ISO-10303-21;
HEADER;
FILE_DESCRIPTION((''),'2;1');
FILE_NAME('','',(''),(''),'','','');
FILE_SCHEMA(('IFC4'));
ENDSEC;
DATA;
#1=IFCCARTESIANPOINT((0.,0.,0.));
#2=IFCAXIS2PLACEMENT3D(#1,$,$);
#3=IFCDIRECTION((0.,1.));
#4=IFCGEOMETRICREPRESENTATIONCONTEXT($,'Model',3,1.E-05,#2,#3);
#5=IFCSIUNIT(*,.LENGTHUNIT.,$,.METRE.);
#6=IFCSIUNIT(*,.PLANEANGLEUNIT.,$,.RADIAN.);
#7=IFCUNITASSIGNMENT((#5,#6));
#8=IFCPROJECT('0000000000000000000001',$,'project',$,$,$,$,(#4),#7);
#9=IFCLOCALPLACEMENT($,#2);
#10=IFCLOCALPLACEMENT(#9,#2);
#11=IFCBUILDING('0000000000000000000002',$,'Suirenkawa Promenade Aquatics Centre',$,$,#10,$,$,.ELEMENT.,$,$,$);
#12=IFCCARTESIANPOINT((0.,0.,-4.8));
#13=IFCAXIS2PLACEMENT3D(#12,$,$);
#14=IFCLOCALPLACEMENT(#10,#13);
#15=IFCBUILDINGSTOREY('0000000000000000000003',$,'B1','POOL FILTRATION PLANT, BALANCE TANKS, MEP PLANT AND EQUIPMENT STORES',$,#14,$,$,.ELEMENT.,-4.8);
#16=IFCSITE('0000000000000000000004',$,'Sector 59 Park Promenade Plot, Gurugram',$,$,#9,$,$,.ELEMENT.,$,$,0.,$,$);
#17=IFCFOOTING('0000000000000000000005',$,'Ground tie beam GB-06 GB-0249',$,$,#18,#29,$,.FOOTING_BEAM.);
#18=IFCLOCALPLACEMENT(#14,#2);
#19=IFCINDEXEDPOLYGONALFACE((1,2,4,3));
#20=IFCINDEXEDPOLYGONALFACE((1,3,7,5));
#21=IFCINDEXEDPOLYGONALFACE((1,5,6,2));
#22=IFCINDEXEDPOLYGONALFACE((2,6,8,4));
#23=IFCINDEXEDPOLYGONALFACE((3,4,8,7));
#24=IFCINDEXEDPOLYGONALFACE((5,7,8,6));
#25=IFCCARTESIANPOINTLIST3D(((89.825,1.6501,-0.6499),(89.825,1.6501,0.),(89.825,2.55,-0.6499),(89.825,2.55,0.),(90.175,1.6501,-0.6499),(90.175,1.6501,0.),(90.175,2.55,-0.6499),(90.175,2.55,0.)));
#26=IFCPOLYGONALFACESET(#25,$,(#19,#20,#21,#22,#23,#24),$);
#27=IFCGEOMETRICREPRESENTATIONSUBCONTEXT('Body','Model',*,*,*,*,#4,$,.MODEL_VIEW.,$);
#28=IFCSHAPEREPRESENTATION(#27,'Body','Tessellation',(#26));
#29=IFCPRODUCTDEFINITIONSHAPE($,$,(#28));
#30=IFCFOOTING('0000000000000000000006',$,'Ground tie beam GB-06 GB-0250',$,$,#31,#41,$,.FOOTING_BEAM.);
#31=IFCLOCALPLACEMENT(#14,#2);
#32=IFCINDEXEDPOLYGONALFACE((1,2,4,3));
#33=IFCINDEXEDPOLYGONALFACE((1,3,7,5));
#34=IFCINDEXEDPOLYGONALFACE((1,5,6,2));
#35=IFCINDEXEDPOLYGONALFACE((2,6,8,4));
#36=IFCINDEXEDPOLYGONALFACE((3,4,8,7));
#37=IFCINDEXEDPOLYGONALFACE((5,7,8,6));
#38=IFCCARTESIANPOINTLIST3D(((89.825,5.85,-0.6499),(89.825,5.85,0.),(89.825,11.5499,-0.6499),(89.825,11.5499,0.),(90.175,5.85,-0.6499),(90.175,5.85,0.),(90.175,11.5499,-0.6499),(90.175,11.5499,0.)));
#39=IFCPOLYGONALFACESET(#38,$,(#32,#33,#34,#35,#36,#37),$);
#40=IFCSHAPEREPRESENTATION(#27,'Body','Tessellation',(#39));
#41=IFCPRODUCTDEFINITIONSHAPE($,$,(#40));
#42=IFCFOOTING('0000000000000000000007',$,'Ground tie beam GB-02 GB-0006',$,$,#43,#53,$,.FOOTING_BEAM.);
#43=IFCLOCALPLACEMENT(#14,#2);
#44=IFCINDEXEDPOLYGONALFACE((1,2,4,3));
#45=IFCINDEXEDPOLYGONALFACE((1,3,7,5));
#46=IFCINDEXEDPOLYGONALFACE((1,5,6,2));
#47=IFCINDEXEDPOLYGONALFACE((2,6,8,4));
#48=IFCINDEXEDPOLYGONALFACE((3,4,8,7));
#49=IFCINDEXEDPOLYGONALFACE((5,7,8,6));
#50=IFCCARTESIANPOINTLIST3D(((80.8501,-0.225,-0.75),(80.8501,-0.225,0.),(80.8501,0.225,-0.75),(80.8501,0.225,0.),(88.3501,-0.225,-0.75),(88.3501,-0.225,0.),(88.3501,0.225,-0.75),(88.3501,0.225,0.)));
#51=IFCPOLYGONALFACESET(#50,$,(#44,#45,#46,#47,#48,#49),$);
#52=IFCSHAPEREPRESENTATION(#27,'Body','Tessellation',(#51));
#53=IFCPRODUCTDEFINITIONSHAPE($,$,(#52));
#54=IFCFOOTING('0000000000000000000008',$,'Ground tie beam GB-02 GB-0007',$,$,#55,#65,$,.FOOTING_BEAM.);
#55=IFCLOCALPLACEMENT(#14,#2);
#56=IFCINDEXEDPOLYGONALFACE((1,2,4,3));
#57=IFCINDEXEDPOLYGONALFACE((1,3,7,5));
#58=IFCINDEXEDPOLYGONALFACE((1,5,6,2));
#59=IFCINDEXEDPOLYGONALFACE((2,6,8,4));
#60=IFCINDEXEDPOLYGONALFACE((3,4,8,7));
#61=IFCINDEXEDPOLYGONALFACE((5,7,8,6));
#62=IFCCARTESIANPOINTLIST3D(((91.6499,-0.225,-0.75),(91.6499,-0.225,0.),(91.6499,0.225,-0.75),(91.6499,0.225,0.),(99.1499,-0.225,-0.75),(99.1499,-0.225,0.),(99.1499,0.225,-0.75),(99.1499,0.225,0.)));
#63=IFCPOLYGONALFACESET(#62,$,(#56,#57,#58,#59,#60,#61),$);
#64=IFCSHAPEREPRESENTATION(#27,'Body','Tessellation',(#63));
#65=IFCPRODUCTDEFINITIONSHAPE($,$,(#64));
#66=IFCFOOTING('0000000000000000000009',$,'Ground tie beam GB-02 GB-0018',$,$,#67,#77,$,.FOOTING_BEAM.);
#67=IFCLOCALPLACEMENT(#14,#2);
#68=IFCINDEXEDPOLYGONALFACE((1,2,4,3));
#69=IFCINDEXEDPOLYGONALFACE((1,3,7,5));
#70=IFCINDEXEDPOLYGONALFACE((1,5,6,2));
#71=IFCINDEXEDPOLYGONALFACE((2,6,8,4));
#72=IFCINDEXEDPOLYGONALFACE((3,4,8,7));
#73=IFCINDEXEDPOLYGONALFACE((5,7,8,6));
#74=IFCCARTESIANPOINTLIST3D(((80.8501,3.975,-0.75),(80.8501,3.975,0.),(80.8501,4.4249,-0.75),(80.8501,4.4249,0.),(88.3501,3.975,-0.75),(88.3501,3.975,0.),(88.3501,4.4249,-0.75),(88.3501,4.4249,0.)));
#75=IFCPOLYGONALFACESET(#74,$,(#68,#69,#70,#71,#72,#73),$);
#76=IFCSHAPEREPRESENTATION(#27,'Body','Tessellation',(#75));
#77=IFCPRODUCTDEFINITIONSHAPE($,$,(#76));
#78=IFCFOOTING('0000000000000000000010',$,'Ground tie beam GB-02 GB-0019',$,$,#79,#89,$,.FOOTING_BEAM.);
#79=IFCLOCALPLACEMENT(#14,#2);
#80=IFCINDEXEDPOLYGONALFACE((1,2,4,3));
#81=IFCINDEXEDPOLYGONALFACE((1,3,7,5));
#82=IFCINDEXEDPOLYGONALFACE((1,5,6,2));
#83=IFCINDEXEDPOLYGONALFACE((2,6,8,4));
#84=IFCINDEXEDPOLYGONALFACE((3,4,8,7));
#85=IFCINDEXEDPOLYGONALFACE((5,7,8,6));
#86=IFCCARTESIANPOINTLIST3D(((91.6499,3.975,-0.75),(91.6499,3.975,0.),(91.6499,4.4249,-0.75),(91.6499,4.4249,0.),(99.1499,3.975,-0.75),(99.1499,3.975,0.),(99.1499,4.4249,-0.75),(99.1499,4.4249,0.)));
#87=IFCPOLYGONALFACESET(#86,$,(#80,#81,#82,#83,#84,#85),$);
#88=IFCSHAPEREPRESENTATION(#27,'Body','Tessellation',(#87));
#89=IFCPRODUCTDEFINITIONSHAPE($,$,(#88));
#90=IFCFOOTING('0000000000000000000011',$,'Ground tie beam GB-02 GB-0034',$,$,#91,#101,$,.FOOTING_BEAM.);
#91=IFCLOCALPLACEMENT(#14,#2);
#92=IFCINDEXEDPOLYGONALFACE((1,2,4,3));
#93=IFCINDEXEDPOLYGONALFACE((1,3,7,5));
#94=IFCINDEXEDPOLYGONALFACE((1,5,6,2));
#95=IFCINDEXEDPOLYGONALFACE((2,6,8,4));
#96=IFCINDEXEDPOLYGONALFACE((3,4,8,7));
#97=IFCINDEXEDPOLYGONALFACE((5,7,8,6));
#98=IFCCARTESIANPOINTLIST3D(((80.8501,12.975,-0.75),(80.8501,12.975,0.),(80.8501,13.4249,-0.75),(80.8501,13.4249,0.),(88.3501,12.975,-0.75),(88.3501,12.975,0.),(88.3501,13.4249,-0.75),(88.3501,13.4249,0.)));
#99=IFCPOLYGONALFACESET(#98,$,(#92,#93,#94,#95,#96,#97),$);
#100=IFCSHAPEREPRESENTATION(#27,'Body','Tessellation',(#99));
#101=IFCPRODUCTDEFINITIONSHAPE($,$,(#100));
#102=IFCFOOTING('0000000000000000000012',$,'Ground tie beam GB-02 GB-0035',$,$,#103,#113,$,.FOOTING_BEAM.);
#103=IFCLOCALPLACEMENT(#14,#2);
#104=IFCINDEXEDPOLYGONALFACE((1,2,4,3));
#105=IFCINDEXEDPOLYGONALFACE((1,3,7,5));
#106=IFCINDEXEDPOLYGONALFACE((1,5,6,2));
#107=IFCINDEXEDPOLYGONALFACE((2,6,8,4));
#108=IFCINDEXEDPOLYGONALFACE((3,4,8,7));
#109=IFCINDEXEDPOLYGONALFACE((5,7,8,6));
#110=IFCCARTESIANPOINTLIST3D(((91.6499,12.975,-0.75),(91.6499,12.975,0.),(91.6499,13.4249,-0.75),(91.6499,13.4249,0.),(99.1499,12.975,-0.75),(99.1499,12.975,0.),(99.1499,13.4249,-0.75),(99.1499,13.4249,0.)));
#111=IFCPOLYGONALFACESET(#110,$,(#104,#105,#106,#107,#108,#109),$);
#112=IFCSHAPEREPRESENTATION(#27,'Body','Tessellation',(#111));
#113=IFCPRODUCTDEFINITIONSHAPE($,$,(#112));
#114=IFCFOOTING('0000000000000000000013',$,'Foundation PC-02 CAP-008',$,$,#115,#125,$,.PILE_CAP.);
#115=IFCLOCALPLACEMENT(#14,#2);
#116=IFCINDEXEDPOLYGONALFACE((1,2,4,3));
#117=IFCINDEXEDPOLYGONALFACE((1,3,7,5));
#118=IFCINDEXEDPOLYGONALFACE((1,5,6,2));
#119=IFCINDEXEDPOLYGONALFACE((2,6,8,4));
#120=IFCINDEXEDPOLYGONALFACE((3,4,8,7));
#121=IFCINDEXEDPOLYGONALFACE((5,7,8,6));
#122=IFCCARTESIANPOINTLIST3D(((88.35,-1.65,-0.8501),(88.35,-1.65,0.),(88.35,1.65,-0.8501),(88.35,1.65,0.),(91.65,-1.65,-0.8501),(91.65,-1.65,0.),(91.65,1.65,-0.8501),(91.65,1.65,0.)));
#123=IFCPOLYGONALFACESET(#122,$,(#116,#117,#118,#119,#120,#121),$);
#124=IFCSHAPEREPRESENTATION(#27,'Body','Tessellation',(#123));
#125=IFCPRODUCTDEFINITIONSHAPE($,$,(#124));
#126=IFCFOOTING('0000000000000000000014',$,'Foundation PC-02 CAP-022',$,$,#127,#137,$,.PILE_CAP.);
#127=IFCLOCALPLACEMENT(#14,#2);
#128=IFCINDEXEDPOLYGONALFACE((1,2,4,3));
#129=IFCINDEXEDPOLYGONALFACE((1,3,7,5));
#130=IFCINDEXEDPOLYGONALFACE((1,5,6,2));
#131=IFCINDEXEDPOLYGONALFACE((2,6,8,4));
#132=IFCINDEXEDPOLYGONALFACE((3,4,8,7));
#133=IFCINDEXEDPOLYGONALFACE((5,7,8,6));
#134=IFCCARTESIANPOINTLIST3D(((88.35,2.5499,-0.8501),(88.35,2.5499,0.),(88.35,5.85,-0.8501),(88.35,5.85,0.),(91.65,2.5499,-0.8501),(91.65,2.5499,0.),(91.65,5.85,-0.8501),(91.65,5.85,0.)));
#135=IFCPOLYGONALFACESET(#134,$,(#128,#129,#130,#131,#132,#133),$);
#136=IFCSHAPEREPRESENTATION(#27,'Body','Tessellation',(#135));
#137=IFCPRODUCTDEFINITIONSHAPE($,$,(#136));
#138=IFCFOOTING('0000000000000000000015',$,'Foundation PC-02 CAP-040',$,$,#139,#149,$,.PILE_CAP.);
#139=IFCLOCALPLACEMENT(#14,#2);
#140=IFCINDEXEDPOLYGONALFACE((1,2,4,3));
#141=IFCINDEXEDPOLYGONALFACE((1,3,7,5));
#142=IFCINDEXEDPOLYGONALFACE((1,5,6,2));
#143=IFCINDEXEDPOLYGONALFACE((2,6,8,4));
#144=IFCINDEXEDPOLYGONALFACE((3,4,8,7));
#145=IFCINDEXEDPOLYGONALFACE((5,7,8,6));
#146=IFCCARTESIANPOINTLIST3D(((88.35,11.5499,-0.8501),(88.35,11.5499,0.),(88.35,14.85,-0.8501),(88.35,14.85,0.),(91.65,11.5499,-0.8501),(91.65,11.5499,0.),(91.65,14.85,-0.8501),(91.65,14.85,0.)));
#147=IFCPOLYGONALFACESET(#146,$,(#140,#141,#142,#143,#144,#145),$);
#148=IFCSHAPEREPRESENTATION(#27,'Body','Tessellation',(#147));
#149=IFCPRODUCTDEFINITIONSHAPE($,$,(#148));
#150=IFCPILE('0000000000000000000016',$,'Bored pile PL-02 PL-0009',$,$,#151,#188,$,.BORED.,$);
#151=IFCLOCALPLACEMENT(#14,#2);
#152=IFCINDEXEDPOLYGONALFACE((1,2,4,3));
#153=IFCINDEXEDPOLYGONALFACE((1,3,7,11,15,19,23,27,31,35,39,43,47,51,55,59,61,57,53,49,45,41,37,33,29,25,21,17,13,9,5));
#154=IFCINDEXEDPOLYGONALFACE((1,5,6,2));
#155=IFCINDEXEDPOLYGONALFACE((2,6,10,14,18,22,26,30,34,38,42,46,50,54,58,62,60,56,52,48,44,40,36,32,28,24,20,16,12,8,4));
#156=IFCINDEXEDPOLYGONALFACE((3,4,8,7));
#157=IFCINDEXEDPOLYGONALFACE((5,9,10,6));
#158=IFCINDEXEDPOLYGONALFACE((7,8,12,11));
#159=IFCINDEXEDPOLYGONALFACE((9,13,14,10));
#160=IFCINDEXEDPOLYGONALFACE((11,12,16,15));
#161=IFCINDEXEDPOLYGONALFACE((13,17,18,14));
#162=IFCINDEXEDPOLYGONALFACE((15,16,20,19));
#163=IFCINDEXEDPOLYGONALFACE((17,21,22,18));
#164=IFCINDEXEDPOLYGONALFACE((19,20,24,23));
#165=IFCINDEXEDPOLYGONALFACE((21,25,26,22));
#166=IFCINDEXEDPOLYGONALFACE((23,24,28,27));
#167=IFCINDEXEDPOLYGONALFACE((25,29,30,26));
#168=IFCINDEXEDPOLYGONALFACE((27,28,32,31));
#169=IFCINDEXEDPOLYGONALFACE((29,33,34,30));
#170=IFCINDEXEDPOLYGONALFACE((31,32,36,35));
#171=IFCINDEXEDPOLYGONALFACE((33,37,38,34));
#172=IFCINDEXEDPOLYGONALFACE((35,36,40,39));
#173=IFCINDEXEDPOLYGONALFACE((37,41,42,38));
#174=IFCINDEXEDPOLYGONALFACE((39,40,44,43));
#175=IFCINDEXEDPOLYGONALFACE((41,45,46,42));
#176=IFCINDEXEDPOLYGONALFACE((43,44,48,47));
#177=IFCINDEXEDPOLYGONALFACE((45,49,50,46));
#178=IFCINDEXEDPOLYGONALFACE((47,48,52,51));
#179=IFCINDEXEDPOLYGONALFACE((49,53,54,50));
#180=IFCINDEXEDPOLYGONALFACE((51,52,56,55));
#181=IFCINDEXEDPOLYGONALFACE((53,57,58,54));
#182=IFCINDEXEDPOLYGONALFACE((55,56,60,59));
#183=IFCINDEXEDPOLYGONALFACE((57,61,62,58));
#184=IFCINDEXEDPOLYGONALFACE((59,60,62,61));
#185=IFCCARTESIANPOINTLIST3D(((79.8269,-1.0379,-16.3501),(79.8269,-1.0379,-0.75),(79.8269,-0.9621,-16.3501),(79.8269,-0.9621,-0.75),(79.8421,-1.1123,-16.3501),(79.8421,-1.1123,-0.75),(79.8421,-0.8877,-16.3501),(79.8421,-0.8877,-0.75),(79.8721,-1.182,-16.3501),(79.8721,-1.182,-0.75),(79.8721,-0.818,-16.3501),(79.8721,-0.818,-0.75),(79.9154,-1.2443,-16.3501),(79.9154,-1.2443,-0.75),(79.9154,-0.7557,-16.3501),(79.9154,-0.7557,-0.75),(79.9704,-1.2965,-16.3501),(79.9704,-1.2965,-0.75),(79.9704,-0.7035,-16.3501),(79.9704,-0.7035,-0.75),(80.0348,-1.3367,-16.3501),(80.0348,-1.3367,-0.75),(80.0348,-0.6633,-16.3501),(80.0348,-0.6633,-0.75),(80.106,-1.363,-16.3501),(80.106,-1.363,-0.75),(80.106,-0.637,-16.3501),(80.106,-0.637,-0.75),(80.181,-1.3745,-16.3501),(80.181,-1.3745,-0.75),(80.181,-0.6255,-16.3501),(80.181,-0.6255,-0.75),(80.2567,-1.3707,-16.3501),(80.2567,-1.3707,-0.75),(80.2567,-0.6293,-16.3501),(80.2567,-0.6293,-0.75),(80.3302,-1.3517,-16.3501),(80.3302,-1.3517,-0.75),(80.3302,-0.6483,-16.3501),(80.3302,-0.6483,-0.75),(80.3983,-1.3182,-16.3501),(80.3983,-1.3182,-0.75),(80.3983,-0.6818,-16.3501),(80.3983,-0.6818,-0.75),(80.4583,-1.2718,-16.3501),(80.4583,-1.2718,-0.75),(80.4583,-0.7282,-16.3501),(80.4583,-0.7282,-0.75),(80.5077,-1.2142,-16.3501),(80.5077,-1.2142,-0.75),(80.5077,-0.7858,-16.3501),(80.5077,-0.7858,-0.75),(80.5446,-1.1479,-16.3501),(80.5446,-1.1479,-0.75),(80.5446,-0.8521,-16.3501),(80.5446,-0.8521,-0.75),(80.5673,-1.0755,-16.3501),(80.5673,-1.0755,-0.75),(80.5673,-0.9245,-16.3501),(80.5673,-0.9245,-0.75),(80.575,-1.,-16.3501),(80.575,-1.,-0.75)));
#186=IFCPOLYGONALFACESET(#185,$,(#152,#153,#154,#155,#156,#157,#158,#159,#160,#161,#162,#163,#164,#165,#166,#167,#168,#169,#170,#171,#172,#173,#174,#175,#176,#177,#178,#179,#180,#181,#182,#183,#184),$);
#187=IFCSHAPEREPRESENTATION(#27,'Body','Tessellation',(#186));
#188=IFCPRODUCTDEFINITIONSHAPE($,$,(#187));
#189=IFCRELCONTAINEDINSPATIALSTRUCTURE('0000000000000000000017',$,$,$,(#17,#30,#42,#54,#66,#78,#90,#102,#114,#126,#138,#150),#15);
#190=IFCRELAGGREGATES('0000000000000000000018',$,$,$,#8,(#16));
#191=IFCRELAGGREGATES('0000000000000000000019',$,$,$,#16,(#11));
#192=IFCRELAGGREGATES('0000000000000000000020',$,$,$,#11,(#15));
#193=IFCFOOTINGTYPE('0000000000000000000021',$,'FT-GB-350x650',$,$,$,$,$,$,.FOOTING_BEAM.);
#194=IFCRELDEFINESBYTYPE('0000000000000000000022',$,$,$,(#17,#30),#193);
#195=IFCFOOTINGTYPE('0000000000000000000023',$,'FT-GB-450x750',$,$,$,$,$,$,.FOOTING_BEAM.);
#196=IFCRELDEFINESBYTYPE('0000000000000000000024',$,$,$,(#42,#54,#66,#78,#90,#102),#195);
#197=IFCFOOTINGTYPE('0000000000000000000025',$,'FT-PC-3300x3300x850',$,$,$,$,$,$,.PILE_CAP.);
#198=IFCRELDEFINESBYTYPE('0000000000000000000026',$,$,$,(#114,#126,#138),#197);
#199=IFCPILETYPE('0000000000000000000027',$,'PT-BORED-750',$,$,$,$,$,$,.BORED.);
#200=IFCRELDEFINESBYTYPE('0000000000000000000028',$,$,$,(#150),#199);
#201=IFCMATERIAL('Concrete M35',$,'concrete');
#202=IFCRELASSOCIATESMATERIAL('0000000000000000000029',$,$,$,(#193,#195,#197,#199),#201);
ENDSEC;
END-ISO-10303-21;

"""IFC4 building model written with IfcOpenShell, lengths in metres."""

from ifc_helpers import new_model, si_unit, direction, frame, origin, origin_2d, place, context, subcontext, project, spatial, rectangle, circle, extrude, material, material_profile, profile_set, type_object, element, save


model = new_model("IFC4")

# Units and contexts
model_context = context("Model", 3, precision=1e-05, world=origin(), true_north=direction((0.0, 1.0)))
body_context = subcontext(model_context, "Body", "Model", "MODEL_VIEW")
ifc_project = project(units=[si_unit("LENGTHUNIT", "METRE"), si_unit("PLANEANGLEUNIT", "RADIAN")], contexts=[model_context])

# Site, building, storey
site_placement = place(None, origin())
site = spatial("IfcSite", under=ifc_project, at=site_placement, Name="Sector 59 Park Promenade Plot, Gurugram", CompositionType="ELEMENT", RefElevation=0.0)
building_placement = place(site_placement, origin())
building = spatial("IfcBuilding", under=site, at=building_placement, Name="Suirenkawa Promenade Aquatics Centre", CompositionType="ELEMENT")
storey_placement = place(building_placement, frame((0.0, 0.0, -4.8)))
storey = spatial("IfcBuildingStorey", under=building, at=storey_placement, Name="B1", Description="POOL FILTRATION PLANT, BALANCE TANKS, MEP PLANT AND EQUIPMENT STORES", CompositionType="ELEMENT", Elevation=-4.8)

# Footings
ifc_material_1 = material(Name="Concrete M35", Category="concrete")
footing_type_1 = type_object("IfcFootingType", Name="FT-GB-350x650", PredefinedType="FOOTING_BEAM", material=ifc_material_1)
footing_1_placement = place(storey_placement, frame((90.0, 2.1001, -0.6499), z_axis=(0.0, 0.0, 1.0), x_axis=(0.0, 1.0, 0.0)))
element("IfcFooting", 1, at=footing_1_placement, inside=storey, type_object=footing_type_1, Name="Ground tie beam GB-06 GB-0249", PredefinedType="FOOTING_BEAM", context=body_context, shape_type="SweptSolid", body=[
    extrude(rectangle(XDim=0.8999, YDim=0.3501, at=origin_2d()), origin(), (0.0, 0.0, 1.0), 0.6499),
])
footing_2_placement = place(storey_placement, frame((90.0, 8.7, -0.6499), z_axis=(0.0, 0.0, 1.0), x_axis=(0.0, 1.0, 0.0)))
element("IfcFooting", 2, at=footing_2_placement, inside=storey, type_object=footing_type_1, Name="Ground tie beam GB-06 GB-0250", PredefinedType="FOOTING_BEAM", context=body_context, shape_type="SweptSolid", body=[
    extrude(rectangle(XDim=5.7, YDim=0.3501, at=origin_2d()), origin(), (0.0, 0.0, 1.0), 0.6499),
])
footing_type_2 = type_object("IfcFootingType", Name="FT-GB-450x750", PredefinedType="FOOTING_BEAM", material=ifc_material_1)
for number, where, z_axis, x_axis, name in (
    (3, (84.6001, 0.0, -0.75), (0.0, 0.0, 1.0), (1.0, 0.0, 0.0), "Ground tie beam GB-02 GB-0006"),
    (4, (95.3999, 0.0, -0.75), (0.0, 0.0, 1.0), (1.0, 0.0, 0.0), "Ground tie beam GB-02 GB-0007"),
    (5, (84.6001, 4.2, -0.75), (0.0, 0.0, 1.0), (1.0, 0.0, 0.0), "Ground tie beam GB-02 GB-0018"),
    (6, (95.3999, 4.2, -0.75), (0.0, 0.0, 1.0), (1.0, 0.0, 0.0), "Ground tie beam GB-02 GB-0019"),
    (7, (84.6001, 13.2, -0.75), (0.0, 0.0, 1.0), (1.0, 0.0, 0.0), "Ground tie beam GB-02 GB-0034"),
    (8, (95.3999, 13.2, -0.75), (0.0, 0.0, 1.0), (1.0, 0.0, 0.0), "Ground tie beam GB-02 GB-0035"),
):
    element("IfcFooting", number, at=place(storey_placement, frame(where, z_axis=z_axis, x_axis=x_axis)), inside=storey, type_object=footing_type_2, Name=name, PredefinedType="FOOTING_BEAM", context=body_context, shape_type="SweptSolid", body=[
        extrude(rectangle(XDim=7.5, YDim=0.45, at=origin_2d()), origin(), (0.0, 0.0, 1.0), 0.75),
    ])
footing_type_3 = type_object("IfcFootingType", Name="FT-PC-3300x3300x850", PredefinedType="PILE_CAP", material=ifc_material_1)
for number, where, z_axis, x_axis, name in (
    (9, (90.0, 0.0, -0.8501), (0.0, 0.0, 1.0), (1.0, 0.0, 0.0), "Foundation PC-02 CAP-008"),
    (10, (90.0, 4.2, -0.8501), (0.0, 0.0, 1.0), (1.0, 0.0, 0.0), "Foundation PC-02 CAP-022"),
    (11, (90.0, 13.2, -0.8501), (0.0, 0.0, 1.0), (1.0, 0.0, 0.0), "Foundation PC-02 CAP-040"),
):
    element("IfcFooting", number, at=place(storey_placement, frame(where, z_axis=z_axis, x_axis=x_axis)), inside=storey, type_object=footing_type_3, Name=name, PredefinedType="PILE_CAP", context=body_context, shape_type="SweptSolid", body=[
        extrude(rectangle(XDim=3.3, YDim=3.3, at=origin_2d()), origin(), (0.0, 0.0, 1.0), 0.8501),
    ])

# Pile
ifc_material_profile_1 = material_profile(ifc_material_1, circle(Radius=0.375, at=origin_2d()), Name="PILE D750", Category="concrete")
ifc_profile_set_1 = profile_set([ifc_material_profile_1], Name="Concrete M35")
pile_type = type_object("IfcPileType", Name="PT-BORED-750", PredefinedType="BORED", material=ifc_profile_set_1)
for number, where, z_axis, x_axis, name in (
    (12, (80.2, -1.0, -0.75), (0.0, 0.0, -1.0), (1.0, 0.0, 0.0), "Bored pile PL-02 PL-0009"),
):
    element("IfcPile", number, at=place(storey_placement, frame(where, z_axis=z_axis, x_axis=x_axis)), inside=storey, type_object=pile_type, Name=name, PredefinedType="BORED", context=body_context, shape_type="SweptSolid", body=[
        extrude(circle(Radius=0.375, at=origin_2d()), origin(), (0.0, 0.0, 1.0), 15.6001),
    ])

save(model, "model.ifc")
